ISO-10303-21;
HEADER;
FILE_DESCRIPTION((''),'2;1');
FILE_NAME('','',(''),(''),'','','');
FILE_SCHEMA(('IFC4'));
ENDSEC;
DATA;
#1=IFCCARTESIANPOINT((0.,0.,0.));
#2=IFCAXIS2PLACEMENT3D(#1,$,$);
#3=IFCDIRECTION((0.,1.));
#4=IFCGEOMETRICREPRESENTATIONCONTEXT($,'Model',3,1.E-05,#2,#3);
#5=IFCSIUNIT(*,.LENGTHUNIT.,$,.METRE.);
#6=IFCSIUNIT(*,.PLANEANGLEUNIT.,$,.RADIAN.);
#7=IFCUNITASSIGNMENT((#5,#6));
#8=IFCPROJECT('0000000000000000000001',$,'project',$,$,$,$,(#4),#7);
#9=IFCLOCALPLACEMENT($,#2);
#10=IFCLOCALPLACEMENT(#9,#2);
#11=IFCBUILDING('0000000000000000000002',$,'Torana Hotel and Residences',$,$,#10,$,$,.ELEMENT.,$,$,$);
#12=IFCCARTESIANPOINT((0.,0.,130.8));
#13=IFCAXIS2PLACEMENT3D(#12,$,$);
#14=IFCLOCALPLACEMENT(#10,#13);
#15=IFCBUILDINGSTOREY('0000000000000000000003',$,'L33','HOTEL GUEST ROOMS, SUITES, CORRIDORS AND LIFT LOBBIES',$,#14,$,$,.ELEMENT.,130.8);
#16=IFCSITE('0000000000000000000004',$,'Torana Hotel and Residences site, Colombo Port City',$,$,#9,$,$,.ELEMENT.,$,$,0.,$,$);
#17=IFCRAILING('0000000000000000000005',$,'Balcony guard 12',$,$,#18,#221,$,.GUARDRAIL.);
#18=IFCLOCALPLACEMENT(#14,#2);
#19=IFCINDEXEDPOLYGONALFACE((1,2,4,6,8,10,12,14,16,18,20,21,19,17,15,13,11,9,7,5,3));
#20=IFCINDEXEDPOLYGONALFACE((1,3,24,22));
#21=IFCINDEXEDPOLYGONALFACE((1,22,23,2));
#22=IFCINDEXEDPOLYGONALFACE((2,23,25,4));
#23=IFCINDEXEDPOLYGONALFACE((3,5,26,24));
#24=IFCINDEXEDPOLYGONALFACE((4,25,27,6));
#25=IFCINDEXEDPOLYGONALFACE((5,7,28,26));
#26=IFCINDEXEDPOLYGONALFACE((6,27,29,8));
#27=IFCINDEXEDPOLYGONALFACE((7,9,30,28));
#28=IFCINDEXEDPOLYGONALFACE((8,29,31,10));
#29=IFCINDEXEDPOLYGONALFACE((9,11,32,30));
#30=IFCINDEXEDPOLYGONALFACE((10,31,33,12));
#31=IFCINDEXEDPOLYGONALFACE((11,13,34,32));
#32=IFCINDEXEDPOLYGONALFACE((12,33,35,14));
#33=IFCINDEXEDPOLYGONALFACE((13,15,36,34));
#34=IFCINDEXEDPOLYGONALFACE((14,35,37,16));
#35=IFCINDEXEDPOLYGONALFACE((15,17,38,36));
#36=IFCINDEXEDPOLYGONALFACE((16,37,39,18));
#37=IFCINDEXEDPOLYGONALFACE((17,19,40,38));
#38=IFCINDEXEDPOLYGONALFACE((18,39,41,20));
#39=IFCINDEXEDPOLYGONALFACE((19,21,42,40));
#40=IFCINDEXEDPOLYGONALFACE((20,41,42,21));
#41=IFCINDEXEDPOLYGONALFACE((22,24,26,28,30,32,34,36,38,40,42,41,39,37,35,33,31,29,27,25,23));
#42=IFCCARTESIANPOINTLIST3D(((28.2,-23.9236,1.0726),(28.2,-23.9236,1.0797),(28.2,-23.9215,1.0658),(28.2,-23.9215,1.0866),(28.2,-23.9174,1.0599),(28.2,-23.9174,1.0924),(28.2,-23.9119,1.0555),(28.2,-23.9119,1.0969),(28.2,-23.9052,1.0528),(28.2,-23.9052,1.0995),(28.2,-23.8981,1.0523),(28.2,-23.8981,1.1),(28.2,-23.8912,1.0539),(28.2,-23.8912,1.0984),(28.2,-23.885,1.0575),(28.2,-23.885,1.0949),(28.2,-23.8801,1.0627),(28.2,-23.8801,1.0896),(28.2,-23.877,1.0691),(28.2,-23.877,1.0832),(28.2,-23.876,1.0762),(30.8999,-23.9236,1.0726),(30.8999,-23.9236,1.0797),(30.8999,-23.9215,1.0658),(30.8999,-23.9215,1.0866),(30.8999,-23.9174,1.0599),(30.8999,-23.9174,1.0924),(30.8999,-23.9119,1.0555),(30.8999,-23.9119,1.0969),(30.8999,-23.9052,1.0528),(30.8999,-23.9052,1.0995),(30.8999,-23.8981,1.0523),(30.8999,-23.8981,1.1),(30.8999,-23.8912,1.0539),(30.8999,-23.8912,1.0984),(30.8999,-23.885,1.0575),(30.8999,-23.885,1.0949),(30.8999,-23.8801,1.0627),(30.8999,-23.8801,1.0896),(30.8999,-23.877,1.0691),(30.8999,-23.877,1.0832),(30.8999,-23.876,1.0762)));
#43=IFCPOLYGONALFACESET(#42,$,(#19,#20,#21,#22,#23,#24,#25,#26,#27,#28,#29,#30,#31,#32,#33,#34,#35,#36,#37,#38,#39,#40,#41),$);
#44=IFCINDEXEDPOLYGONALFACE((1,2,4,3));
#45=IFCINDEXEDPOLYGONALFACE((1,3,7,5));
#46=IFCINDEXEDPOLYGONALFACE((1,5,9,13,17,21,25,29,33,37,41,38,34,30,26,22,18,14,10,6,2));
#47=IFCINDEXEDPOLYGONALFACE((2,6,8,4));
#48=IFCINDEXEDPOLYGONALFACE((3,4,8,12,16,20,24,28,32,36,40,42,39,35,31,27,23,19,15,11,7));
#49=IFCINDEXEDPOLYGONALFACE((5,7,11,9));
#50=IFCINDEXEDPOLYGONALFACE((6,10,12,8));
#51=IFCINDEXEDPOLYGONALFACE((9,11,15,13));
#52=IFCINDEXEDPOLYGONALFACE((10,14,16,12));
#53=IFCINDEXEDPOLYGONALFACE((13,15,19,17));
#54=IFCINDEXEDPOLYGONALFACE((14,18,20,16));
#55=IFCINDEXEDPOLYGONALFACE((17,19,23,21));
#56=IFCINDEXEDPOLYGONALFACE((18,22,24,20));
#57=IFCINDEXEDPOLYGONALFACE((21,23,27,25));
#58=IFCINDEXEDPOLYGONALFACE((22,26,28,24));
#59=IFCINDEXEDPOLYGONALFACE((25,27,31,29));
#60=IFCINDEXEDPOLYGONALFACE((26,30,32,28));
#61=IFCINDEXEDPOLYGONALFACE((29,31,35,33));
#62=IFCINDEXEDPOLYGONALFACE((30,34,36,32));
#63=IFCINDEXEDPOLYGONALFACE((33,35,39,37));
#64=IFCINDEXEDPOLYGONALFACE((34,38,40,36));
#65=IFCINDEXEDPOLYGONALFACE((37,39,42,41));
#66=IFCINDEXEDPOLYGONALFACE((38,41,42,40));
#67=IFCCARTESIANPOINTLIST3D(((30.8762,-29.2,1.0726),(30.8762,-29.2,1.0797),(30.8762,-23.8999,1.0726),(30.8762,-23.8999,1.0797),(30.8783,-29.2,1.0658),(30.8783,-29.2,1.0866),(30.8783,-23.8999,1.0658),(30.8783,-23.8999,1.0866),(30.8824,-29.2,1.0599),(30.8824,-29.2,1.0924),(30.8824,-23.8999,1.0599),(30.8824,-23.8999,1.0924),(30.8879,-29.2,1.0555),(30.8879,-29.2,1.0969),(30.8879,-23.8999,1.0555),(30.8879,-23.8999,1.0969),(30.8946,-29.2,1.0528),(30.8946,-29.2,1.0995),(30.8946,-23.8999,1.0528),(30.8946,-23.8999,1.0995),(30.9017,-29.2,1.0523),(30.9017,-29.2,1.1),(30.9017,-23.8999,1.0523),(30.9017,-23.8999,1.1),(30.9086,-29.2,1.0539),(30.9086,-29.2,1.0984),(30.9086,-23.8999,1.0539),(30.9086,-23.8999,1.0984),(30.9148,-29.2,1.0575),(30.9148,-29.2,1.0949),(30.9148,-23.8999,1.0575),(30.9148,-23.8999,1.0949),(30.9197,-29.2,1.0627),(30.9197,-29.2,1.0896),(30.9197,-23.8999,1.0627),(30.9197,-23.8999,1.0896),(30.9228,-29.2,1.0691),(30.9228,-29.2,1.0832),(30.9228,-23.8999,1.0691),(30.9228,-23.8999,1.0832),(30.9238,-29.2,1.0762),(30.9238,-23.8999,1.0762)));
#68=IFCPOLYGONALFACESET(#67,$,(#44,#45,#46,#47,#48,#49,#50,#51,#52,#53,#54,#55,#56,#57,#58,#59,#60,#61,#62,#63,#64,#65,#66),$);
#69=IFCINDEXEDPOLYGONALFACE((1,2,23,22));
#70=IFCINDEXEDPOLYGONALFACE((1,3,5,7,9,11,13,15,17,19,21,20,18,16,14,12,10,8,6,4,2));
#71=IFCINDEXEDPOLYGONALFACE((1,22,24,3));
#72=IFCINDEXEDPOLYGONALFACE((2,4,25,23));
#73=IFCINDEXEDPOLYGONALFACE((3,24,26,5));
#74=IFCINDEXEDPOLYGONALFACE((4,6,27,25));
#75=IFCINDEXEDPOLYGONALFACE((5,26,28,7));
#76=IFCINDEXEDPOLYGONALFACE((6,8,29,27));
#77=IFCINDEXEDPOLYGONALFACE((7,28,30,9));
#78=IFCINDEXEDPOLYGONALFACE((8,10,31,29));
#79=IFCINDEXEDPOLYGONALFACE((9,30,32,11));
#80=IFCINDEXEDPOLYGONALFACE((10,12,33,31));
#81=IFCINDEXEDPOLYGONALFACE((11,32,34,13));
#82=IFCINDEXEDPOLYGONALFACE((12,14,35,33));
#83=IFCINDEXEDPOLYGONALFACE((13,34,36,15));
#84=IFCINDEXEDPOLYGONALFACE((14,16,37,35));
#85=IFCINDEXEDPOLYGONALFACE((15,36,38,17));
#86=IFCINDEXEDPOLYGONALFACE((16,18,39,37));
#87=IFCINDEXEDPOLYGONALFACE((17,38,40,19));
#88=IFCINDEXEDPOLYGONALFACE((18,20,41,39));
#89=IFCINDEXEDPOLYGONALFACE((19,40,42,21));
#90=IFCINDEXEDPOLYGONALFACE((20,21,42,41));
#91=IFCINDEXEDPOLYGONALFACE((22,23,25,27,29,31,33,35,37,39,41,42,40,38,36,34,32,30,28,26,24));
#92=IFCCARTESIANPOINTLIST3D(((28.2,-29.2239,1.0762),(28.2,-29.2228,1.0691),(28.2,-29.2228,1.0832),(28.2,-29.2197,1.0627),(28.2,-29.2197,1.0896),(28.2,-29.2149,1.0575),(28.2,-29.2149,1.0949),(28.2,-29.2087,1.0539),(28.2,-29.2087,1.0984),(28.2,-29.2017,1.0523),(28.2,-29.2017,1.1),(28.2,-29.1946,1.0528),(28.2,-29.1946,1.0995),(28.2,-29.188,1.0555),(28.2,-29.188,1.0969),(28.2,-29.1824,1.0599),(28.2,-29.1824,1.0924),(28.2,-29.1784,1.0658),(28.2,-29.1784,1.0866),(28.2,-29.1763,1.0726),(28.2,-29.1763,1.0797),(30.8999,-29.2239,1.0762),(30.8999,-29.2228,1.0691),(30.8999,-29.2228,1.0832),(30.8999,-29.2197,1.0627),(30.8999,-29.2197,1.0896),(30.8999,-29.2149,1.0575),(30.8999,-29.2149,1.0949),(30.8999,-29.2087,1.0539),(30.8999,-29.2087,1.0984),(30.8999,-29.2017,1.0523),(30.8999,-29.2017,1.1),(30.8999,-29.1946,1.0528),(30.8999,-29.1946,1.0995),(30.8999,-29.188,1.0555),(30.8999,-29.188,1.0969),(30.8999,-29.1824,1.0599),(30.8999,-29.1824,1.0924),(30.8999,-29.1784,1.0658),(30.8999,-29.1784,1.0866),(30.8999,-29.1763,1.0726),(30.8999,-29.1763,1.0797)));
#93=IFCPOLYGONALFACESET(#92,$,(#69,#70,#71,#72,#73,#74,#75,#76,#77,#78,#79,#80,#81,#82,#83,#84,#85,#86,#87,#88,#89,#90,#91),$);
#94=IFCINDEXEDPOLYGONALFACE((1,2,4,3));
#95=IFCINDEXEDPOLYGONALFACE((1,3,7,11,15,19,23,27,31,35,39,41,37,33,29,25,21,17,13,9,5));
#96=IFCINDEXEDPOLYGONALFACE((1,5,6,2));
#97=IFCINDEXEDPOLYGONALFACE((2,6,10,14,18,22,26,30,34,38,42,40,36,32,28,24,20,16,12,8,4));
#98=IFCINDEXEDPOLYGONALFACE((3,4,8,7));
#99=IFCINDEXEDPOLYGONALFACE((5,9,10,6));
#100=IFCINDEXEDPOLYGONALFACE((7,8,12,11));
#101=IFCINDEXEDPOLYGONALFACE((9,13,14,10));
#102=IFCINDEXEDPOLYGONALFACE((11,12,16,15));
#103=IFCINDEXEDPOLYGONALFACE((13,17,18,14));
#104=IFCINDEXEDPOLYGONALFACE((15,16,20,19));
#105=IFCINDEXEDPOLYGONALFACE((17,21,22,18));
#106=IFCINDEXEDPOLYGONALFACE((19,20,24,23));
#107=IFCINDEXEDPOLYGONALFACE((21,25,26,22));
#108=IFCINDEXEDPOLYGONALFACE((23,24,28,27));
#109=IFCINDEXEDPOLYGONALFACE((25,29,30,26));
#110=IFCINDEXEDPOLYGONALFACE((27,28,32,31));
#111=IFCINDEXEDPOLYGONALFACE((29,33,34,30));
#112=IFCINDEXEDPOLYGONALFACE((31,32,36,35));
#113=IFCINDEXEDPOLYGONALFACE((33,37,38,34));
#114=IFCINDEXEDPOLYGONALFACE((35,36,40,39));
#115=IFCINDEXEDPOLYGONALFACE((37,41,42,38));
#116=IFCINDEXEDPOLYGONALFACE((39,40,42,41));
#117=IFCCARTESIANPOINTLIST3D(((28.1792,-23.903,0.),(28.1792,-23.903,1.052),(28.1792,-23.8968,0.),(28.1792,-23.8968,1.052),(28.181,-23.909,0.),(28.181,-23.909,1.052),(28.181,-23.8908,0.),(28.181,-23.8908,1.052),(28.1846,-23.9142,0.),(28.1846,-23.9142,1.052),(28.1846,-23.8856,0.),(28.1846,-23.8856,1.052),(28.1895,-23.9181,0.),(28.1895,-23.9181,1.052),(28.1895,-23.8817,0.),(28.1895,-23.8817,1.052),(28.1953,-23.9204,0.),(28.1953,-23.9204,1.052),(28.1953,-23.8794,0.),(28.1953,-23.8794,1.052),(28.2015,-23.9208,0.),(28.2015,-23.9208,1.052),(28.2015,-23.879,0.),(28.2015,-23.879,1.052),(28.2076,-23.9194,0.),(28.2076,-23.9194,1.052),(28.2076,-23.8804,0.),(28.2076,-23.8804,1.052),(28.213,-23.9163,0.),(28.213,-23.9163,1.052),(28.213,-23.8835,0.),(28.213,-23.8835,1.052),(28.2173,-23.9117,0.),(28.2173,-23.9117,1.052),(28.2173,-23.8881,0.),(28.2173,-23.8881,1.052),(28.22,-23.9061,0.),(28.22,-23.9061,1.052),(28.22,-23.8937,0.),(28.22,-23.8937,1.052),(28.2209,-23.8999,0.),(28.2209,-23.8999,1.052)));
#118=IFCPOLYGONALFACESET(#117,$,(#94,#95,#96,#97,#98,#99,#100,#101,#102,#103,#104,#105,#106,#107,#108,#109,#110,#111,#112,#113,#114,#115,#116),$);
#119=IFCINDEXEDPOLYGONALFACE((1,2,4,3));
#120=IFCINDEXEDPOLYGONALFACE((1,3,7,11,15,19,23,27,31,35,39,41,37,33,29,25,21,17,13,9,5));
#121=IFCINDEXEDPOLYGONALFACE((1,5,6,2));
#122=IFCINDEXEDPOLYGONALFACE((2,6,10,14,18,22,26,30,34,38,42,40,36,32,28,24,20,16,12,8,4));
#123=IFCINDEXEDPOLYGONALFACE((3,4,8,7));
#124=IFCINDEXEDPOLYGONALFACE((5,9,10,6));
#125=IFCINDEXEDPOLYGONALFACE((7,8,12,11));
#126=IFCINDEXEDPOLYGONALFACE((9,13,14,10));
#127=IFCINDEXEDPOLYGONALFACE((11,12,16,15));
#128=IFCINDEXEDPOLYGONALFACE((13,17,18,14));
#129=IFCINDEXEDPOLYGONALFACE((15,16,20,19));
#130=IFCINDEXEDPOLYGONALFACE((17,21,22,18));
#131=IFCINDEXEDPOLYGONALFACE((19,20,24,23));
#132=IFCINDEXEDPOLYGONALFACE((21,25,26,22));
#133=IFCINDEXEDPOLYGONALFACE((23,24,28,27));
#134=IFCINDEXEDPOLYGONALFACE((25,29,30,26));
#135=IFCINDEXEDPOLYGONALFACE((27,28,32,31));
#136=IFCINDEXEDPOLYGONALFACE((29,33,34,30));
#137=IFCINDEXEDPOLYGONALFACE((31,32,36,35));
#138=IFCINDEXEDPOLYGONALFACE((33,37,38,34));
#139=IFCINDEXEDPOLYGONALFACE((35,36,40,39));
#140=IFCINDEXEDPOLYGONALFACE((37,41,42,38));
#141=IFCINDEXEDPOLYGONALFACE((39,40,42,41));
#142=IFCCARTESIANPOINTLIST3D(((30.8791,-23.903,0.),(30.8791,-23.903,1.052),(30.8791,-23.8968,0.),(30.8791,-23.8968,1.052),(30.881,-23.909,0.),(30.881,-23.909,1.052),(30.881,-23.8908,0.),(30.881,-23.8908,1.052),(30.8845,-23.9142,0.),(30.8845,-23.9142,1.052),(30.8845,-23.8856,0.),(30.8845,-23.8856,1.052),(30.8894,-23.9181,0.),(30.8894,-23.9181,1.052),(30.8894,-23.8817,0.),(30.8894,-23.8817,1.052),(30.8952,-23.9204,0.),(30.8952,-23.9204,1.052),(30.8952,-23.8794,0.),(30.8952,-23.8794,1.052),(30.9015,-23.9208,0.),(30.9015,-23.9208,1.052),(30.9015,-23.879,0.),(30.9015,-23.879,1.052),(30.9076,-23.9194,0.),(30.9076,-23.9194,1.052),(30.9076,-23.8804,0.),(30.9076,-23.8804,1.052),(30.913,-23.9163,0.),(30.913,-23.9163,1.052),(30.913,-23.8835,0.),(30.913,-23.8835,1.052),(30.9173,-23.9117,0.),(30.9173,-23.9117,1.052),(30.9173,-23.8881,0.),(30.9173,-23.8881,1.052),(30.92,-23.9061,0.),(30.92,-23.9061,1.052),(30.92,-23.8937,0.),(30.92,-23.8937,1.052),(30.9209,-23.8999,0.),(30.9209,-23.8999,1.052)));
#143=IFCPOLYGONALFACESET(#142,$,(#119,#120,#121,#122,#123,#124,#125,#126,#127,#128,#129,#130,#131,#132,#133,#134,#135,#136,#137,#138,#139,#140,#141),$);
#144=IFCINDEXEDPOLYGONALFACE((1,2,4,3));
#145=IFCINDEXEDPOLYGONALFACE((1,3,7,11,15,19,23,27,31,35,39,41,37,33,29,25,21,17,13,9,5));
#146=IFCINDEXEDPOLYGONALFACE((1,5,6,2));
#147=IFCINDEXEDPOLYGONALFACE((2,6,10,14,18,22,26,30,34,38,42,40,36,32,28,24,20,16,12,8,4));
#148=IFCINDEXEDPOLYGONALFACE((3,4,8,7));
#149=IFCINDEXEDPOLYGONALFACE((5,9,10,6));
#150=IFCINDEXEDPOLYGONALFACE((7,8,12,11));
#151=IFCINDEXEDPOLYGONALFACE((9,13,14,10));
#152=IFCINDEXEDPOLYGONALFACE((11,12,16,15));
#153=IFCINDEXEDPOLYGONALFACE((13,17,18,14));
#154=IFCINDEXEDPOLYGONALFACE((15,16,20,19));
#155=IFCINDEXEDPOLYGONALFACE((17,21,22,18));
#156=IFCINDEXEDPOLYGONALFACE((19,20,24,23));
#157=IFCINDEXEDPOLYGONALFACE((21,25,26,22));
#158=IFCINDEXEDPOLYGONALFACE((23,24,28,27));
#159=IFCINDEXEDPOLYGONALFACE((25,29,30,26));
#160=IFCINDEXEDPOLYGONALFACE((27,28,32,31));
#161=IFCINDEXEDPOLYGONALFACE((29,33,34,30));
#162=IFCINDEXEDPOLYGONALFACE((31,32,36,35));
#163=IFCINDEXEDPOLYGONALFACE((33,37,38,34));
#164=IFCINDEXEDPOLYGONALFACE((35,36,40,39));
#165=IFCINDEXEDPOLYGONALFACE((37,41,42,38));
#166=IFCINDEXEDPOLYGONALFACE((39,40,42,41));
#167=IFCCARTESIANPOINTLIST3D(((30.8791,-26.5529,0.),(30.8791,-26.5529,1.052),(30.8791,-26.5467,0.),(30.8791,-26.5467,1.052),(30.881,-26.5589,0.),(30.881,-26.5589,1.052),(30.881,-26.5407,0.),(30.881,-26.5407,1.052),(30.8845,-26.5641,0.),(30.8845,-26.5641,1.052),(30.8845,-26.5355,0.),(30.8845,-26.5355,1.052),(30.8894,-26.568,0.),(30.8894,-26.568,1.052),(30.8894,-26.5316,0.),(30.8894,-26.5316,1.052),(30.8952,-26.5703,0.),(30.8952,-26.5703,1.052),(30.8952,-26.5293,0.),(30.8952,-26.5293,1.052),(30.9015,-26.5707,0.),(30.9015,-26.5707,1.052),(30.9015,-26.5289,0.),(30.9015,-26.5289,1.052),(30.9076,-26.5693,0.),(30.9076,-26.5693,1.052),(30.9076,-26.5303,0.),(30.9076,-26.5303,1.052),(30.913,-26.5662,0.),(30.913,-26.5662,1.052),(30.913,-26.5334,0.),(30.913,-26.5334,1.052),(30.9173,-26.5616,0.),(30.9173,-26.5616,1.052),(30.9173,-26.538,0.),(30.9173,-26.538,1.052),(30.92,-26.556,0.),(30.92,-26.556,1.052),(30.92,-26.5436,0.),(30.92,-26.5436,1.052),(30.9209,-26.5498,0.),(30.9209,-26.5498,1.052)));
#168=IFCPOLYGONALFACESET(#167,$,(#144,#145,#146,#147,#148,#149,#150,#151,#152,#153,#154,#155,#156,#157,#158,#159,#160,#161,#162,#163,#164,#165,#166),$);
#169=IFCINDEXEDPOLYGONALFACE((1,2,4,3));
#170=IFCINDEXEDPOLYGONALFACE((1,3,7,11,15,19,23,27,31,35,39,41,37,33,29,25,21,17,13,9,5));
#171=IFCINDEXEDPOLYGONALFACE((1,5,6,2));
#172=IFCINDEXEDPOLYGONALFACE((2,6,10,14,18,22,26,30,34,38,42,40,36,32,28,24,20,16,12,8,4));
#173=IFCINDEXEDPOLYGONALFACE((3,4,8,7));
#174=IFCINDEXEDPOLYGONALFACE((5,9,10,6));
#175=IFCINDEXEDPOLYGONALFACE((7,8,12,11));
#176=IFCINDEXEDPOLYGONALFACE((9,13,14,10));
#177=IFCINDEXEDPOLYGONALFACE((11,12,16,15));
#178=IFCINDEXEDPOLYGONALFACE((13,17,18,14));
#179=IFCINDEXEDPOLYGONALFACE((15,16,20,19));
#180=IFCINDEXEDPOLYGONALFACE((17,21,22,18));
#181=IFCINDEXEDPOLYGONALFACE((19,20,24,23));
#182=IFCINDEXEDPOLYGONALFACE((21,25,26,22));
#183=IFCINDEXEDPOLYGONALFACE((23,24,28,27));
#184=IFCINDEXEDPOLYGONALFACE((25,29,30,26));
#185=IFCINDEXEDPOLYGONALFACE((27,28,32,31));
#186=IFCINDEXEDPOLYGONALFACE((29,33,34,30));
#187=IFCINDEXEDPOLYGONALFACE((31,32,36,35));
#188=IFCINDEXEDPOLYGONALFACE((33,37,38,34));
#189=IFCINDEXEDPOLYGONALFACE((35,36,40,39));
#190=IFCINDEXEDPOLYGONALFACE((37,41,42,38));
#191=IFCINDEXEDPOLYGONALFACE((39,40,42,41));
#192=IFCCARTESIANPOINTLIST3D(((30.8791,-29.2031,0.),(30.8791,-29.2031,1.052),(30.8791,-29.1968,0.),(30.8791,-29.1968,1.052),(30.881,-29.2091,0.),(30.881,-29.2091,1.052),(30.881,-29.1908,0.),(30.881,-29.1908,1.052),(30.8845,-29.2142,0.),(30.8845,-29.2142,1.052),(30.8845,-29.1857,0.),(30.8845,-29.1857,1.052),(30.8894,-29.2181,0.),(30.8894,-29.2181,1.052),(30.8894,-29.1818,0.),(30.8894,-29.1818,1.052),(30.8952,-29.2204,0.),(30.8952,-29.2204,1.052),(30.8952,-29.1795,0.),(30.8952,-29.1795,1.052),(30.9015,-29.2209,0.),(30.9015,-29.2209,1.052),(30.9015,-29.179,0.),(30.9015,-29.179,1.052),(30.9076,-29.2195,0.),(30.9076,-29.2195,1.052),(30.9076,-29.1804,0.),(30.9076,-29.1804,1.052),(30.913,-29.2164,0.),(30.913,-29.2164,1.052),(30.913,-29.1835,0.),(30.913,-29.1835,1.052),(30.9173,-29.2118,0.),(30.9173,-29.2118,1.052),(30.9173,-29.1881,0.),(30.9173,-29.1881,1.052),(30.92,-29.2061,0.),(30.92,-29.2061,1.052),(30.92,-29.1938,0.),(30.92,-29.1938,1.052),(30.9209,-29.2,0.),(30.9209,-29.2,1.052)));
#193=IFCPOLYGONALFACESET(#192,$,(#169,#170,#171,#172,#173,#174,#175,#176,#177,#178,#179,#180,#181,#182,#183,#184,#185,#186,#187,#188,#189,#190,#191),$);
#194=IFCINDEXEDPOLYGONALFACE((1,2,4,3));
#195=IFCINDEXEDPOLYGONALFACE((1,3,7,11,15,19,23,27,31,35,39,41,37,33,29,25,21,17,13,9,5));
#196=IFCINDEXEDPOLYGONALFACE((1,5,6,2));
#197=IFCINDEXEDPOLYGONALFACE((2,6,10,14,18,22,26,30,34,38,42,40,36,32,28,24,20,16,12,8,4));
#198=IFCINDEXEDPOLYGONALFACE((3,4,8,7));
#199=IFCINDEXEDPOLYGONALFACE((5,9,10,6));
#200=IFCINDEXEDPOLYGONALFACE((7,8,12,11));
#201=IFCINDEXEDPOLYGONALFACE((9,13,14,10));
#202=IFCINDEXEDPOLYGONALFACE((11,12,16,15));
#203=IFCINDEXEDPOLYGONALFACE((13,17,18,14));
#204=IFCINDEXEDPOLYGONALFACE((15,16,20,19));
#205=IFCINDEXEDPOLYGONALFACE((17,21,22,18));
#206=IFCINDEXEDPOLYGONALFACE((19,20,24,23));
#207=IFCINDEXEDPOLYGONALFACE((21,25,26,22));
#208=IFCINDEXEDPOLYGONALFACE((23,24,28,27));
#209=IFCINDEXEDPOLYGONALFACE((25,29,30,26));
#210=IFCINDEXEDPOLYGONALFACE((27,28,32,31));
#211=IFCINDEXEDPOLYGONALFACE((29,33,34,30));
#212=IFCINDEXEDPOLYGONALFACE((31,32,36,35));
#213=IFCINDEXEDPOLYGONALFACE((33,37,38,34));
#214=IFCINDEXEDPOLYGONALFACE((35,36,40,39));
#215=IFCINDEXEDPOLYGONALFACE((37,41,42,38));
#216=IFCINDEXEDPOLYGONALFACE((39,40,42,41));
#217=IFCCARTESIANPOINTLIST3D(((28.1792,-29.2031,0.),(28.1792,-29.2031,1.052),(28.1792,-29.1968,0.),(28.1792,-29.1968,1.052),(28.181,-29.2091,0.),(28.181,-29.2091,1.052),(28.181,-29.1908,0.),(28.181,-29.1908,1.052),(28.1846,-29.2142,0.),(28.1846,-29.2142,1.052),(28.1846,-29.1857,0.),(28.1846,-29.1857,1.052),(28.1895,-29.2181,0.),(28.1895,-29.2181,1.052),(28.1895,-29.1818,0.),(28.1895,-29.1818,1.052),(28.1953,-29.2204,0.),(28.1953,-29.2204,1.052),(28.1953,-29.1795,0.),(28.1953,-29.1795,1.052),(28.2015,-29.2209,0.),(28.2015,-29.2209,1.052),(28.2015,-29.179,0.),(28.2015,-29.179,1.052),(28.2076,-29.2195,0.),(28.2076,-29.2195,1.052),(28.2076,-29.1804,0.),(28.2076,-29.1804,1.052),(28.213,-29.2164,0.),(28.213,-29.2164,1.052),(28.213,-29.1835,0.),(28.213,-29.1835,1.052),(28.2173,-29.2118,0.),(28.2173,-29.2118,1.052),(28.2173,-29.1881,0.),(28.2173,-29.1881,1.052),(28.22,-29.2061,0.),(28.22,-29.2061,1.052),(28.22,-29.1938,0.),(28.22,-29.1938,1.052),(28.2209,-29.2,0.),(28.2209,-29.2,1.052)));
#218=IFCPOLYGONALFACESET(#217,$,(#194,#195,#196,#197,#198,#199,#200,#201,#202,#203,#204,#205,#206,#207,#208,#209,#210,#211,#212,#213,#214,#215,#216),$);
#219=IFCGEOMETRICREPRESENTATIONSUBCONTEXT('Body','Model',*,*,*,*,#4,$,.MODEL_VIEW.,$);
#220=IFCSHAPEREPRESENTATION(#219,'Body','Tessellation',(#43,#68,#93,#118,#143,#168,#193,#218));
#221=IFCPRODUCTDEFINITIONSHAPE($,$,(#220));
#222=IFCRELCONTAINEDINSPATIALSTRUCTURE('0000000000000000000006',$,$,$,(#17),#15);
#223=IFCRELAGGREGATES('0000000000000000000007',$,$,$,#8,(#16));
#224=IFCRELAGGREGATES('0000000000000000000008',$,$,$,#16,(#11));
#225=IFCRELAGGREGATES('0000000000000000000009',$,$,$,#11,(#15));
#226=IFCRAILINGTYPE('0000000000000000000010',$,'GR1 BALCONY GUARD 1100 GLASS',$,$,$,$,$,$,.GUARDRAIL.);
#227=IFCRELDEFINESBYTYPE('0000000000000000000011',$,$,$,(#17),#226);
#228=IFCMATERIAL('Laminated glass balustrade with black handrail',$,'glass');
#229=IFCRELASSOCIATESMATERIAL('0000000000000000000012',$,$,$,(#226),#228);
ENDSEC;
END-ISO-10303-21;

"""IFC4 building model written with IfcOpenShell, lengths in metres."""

from ifc_helpers import new_model, si_unit, direction, frame, origin, origin_2d, place, context, subcontext, project, spatial, circle, extrude, material, type_object, element, save


model = new_model("IFC4")

# Units and contexts
model_context = context("Model", 3, precision=1e-05, world=origin(), true_north=direction((0.0, 1.0)))
body_context = subcontext(model_context, "Body", "Model", "MODEL_VIEW")
ifc_project = project(units=[si_unit("LENGTHUNIT", "METRE"), si_unit("PLANEANGLEUNIT", "RADIAN")], contexts=[model_context])

# Site, building, storey
site_placement = place(None, origin())
site = spatial("IfcSite", under=ifc_project, at=site_placement, Name="Torana Hotel and Residences site, Colombo Port City", CompositionType="ELEMENT", RefElevation=0.0)
building_placement = place(site_placement, origin())
building = spatial("IfcBuilding", under=site, at=building_placement, Name="Torana Hotel and Residences", CompositionType="ELEMENT")
storey_placement = place(building_placement, frame((0.0, 0.0, 130.8)))
storey = spatial("IfcBuildingStorey", under=building, at=storey_placement, Name="L33", Description="HOTEL GUEST ROOMS, SUITES, CORRIDORS AND LIFT LOBBIES", CompositionType="ELEMENT", Elevation=130.8)

# Railing
ifc_material_1 = material(Name="Laminated glass balustrade with black handrail", Category="glass")
railing_type = type_object("IfcRailingType", Name="GR1 BALCONY GUARD 1100 GLASS", PredefinedType="GUARDRAIL", material=ifc_material_1)
railing_1_placement = place(storey_placement, frame((28.2, -23.8999, 0.0)))
element("IfcRailing", 1, at=railing_1_placement, inside=storey, type_object=railing_type, Name="Balcony guard 12", PredefinedType="GUARDRAIL", context=body_context, shape_type="SweptSolid", body=[
    extrude(circle(Radius=0.0239, at=origin_2d()), frame((0.0, 0.0, 1.0762), z_axis=(1.0, 0.0, 0.0), x_axis=(0.0, 1.0, 0.0)), (0.0, 0.0, 1.0), 2.7),
    extrude(circle(Radius=0.0239, at=origin_2d()), frame((2.7, 0.0, 1.0762), z_axis=(0.0, -1.0, 0.0), x_axis=(1.0, 0.0, 0.0)), (0.0, 0.0, 1.0), 5.3),
    extrude(circle(Radius=0.0239, at=origin_2d()), frame((2.7, -5.3, 1.0762), z_axis=(-1.0, 0.0, 0.0), x_axis=(0.0, -1.0, 0.0)), (0.0, 0.0, 1.0), 2.7),
    extrude(circle(Radius=0.021, at=origin_2d()), origin(), (0.0, 0.0, 1.0), 1.052),
    extrude(circle(Radius=0.021, at=origin_2d()), frame((2.7, 0.0, 0.0)), (0.0, 0.0, 1.0), 1.052),
    extrude(circle(Radius=0.021, at=origin_2d()), frame((2.7, -2.6499, 0.0)), (0.0, 0.0, 1.0), 1.052),
    extrude(circle(Radius=0.021, at=origin_2d()), frame((2.7, -5.3, 0.0)), (0.0, 0.0, 1.0), 1.052),
    extrude(circle(Radius=0.021, at=origin_2d()), frame((0.0, -5.3, 0.0)), (0.0, 0.0, 1.0), 1.052),
])

save(model, "model.ifc")
